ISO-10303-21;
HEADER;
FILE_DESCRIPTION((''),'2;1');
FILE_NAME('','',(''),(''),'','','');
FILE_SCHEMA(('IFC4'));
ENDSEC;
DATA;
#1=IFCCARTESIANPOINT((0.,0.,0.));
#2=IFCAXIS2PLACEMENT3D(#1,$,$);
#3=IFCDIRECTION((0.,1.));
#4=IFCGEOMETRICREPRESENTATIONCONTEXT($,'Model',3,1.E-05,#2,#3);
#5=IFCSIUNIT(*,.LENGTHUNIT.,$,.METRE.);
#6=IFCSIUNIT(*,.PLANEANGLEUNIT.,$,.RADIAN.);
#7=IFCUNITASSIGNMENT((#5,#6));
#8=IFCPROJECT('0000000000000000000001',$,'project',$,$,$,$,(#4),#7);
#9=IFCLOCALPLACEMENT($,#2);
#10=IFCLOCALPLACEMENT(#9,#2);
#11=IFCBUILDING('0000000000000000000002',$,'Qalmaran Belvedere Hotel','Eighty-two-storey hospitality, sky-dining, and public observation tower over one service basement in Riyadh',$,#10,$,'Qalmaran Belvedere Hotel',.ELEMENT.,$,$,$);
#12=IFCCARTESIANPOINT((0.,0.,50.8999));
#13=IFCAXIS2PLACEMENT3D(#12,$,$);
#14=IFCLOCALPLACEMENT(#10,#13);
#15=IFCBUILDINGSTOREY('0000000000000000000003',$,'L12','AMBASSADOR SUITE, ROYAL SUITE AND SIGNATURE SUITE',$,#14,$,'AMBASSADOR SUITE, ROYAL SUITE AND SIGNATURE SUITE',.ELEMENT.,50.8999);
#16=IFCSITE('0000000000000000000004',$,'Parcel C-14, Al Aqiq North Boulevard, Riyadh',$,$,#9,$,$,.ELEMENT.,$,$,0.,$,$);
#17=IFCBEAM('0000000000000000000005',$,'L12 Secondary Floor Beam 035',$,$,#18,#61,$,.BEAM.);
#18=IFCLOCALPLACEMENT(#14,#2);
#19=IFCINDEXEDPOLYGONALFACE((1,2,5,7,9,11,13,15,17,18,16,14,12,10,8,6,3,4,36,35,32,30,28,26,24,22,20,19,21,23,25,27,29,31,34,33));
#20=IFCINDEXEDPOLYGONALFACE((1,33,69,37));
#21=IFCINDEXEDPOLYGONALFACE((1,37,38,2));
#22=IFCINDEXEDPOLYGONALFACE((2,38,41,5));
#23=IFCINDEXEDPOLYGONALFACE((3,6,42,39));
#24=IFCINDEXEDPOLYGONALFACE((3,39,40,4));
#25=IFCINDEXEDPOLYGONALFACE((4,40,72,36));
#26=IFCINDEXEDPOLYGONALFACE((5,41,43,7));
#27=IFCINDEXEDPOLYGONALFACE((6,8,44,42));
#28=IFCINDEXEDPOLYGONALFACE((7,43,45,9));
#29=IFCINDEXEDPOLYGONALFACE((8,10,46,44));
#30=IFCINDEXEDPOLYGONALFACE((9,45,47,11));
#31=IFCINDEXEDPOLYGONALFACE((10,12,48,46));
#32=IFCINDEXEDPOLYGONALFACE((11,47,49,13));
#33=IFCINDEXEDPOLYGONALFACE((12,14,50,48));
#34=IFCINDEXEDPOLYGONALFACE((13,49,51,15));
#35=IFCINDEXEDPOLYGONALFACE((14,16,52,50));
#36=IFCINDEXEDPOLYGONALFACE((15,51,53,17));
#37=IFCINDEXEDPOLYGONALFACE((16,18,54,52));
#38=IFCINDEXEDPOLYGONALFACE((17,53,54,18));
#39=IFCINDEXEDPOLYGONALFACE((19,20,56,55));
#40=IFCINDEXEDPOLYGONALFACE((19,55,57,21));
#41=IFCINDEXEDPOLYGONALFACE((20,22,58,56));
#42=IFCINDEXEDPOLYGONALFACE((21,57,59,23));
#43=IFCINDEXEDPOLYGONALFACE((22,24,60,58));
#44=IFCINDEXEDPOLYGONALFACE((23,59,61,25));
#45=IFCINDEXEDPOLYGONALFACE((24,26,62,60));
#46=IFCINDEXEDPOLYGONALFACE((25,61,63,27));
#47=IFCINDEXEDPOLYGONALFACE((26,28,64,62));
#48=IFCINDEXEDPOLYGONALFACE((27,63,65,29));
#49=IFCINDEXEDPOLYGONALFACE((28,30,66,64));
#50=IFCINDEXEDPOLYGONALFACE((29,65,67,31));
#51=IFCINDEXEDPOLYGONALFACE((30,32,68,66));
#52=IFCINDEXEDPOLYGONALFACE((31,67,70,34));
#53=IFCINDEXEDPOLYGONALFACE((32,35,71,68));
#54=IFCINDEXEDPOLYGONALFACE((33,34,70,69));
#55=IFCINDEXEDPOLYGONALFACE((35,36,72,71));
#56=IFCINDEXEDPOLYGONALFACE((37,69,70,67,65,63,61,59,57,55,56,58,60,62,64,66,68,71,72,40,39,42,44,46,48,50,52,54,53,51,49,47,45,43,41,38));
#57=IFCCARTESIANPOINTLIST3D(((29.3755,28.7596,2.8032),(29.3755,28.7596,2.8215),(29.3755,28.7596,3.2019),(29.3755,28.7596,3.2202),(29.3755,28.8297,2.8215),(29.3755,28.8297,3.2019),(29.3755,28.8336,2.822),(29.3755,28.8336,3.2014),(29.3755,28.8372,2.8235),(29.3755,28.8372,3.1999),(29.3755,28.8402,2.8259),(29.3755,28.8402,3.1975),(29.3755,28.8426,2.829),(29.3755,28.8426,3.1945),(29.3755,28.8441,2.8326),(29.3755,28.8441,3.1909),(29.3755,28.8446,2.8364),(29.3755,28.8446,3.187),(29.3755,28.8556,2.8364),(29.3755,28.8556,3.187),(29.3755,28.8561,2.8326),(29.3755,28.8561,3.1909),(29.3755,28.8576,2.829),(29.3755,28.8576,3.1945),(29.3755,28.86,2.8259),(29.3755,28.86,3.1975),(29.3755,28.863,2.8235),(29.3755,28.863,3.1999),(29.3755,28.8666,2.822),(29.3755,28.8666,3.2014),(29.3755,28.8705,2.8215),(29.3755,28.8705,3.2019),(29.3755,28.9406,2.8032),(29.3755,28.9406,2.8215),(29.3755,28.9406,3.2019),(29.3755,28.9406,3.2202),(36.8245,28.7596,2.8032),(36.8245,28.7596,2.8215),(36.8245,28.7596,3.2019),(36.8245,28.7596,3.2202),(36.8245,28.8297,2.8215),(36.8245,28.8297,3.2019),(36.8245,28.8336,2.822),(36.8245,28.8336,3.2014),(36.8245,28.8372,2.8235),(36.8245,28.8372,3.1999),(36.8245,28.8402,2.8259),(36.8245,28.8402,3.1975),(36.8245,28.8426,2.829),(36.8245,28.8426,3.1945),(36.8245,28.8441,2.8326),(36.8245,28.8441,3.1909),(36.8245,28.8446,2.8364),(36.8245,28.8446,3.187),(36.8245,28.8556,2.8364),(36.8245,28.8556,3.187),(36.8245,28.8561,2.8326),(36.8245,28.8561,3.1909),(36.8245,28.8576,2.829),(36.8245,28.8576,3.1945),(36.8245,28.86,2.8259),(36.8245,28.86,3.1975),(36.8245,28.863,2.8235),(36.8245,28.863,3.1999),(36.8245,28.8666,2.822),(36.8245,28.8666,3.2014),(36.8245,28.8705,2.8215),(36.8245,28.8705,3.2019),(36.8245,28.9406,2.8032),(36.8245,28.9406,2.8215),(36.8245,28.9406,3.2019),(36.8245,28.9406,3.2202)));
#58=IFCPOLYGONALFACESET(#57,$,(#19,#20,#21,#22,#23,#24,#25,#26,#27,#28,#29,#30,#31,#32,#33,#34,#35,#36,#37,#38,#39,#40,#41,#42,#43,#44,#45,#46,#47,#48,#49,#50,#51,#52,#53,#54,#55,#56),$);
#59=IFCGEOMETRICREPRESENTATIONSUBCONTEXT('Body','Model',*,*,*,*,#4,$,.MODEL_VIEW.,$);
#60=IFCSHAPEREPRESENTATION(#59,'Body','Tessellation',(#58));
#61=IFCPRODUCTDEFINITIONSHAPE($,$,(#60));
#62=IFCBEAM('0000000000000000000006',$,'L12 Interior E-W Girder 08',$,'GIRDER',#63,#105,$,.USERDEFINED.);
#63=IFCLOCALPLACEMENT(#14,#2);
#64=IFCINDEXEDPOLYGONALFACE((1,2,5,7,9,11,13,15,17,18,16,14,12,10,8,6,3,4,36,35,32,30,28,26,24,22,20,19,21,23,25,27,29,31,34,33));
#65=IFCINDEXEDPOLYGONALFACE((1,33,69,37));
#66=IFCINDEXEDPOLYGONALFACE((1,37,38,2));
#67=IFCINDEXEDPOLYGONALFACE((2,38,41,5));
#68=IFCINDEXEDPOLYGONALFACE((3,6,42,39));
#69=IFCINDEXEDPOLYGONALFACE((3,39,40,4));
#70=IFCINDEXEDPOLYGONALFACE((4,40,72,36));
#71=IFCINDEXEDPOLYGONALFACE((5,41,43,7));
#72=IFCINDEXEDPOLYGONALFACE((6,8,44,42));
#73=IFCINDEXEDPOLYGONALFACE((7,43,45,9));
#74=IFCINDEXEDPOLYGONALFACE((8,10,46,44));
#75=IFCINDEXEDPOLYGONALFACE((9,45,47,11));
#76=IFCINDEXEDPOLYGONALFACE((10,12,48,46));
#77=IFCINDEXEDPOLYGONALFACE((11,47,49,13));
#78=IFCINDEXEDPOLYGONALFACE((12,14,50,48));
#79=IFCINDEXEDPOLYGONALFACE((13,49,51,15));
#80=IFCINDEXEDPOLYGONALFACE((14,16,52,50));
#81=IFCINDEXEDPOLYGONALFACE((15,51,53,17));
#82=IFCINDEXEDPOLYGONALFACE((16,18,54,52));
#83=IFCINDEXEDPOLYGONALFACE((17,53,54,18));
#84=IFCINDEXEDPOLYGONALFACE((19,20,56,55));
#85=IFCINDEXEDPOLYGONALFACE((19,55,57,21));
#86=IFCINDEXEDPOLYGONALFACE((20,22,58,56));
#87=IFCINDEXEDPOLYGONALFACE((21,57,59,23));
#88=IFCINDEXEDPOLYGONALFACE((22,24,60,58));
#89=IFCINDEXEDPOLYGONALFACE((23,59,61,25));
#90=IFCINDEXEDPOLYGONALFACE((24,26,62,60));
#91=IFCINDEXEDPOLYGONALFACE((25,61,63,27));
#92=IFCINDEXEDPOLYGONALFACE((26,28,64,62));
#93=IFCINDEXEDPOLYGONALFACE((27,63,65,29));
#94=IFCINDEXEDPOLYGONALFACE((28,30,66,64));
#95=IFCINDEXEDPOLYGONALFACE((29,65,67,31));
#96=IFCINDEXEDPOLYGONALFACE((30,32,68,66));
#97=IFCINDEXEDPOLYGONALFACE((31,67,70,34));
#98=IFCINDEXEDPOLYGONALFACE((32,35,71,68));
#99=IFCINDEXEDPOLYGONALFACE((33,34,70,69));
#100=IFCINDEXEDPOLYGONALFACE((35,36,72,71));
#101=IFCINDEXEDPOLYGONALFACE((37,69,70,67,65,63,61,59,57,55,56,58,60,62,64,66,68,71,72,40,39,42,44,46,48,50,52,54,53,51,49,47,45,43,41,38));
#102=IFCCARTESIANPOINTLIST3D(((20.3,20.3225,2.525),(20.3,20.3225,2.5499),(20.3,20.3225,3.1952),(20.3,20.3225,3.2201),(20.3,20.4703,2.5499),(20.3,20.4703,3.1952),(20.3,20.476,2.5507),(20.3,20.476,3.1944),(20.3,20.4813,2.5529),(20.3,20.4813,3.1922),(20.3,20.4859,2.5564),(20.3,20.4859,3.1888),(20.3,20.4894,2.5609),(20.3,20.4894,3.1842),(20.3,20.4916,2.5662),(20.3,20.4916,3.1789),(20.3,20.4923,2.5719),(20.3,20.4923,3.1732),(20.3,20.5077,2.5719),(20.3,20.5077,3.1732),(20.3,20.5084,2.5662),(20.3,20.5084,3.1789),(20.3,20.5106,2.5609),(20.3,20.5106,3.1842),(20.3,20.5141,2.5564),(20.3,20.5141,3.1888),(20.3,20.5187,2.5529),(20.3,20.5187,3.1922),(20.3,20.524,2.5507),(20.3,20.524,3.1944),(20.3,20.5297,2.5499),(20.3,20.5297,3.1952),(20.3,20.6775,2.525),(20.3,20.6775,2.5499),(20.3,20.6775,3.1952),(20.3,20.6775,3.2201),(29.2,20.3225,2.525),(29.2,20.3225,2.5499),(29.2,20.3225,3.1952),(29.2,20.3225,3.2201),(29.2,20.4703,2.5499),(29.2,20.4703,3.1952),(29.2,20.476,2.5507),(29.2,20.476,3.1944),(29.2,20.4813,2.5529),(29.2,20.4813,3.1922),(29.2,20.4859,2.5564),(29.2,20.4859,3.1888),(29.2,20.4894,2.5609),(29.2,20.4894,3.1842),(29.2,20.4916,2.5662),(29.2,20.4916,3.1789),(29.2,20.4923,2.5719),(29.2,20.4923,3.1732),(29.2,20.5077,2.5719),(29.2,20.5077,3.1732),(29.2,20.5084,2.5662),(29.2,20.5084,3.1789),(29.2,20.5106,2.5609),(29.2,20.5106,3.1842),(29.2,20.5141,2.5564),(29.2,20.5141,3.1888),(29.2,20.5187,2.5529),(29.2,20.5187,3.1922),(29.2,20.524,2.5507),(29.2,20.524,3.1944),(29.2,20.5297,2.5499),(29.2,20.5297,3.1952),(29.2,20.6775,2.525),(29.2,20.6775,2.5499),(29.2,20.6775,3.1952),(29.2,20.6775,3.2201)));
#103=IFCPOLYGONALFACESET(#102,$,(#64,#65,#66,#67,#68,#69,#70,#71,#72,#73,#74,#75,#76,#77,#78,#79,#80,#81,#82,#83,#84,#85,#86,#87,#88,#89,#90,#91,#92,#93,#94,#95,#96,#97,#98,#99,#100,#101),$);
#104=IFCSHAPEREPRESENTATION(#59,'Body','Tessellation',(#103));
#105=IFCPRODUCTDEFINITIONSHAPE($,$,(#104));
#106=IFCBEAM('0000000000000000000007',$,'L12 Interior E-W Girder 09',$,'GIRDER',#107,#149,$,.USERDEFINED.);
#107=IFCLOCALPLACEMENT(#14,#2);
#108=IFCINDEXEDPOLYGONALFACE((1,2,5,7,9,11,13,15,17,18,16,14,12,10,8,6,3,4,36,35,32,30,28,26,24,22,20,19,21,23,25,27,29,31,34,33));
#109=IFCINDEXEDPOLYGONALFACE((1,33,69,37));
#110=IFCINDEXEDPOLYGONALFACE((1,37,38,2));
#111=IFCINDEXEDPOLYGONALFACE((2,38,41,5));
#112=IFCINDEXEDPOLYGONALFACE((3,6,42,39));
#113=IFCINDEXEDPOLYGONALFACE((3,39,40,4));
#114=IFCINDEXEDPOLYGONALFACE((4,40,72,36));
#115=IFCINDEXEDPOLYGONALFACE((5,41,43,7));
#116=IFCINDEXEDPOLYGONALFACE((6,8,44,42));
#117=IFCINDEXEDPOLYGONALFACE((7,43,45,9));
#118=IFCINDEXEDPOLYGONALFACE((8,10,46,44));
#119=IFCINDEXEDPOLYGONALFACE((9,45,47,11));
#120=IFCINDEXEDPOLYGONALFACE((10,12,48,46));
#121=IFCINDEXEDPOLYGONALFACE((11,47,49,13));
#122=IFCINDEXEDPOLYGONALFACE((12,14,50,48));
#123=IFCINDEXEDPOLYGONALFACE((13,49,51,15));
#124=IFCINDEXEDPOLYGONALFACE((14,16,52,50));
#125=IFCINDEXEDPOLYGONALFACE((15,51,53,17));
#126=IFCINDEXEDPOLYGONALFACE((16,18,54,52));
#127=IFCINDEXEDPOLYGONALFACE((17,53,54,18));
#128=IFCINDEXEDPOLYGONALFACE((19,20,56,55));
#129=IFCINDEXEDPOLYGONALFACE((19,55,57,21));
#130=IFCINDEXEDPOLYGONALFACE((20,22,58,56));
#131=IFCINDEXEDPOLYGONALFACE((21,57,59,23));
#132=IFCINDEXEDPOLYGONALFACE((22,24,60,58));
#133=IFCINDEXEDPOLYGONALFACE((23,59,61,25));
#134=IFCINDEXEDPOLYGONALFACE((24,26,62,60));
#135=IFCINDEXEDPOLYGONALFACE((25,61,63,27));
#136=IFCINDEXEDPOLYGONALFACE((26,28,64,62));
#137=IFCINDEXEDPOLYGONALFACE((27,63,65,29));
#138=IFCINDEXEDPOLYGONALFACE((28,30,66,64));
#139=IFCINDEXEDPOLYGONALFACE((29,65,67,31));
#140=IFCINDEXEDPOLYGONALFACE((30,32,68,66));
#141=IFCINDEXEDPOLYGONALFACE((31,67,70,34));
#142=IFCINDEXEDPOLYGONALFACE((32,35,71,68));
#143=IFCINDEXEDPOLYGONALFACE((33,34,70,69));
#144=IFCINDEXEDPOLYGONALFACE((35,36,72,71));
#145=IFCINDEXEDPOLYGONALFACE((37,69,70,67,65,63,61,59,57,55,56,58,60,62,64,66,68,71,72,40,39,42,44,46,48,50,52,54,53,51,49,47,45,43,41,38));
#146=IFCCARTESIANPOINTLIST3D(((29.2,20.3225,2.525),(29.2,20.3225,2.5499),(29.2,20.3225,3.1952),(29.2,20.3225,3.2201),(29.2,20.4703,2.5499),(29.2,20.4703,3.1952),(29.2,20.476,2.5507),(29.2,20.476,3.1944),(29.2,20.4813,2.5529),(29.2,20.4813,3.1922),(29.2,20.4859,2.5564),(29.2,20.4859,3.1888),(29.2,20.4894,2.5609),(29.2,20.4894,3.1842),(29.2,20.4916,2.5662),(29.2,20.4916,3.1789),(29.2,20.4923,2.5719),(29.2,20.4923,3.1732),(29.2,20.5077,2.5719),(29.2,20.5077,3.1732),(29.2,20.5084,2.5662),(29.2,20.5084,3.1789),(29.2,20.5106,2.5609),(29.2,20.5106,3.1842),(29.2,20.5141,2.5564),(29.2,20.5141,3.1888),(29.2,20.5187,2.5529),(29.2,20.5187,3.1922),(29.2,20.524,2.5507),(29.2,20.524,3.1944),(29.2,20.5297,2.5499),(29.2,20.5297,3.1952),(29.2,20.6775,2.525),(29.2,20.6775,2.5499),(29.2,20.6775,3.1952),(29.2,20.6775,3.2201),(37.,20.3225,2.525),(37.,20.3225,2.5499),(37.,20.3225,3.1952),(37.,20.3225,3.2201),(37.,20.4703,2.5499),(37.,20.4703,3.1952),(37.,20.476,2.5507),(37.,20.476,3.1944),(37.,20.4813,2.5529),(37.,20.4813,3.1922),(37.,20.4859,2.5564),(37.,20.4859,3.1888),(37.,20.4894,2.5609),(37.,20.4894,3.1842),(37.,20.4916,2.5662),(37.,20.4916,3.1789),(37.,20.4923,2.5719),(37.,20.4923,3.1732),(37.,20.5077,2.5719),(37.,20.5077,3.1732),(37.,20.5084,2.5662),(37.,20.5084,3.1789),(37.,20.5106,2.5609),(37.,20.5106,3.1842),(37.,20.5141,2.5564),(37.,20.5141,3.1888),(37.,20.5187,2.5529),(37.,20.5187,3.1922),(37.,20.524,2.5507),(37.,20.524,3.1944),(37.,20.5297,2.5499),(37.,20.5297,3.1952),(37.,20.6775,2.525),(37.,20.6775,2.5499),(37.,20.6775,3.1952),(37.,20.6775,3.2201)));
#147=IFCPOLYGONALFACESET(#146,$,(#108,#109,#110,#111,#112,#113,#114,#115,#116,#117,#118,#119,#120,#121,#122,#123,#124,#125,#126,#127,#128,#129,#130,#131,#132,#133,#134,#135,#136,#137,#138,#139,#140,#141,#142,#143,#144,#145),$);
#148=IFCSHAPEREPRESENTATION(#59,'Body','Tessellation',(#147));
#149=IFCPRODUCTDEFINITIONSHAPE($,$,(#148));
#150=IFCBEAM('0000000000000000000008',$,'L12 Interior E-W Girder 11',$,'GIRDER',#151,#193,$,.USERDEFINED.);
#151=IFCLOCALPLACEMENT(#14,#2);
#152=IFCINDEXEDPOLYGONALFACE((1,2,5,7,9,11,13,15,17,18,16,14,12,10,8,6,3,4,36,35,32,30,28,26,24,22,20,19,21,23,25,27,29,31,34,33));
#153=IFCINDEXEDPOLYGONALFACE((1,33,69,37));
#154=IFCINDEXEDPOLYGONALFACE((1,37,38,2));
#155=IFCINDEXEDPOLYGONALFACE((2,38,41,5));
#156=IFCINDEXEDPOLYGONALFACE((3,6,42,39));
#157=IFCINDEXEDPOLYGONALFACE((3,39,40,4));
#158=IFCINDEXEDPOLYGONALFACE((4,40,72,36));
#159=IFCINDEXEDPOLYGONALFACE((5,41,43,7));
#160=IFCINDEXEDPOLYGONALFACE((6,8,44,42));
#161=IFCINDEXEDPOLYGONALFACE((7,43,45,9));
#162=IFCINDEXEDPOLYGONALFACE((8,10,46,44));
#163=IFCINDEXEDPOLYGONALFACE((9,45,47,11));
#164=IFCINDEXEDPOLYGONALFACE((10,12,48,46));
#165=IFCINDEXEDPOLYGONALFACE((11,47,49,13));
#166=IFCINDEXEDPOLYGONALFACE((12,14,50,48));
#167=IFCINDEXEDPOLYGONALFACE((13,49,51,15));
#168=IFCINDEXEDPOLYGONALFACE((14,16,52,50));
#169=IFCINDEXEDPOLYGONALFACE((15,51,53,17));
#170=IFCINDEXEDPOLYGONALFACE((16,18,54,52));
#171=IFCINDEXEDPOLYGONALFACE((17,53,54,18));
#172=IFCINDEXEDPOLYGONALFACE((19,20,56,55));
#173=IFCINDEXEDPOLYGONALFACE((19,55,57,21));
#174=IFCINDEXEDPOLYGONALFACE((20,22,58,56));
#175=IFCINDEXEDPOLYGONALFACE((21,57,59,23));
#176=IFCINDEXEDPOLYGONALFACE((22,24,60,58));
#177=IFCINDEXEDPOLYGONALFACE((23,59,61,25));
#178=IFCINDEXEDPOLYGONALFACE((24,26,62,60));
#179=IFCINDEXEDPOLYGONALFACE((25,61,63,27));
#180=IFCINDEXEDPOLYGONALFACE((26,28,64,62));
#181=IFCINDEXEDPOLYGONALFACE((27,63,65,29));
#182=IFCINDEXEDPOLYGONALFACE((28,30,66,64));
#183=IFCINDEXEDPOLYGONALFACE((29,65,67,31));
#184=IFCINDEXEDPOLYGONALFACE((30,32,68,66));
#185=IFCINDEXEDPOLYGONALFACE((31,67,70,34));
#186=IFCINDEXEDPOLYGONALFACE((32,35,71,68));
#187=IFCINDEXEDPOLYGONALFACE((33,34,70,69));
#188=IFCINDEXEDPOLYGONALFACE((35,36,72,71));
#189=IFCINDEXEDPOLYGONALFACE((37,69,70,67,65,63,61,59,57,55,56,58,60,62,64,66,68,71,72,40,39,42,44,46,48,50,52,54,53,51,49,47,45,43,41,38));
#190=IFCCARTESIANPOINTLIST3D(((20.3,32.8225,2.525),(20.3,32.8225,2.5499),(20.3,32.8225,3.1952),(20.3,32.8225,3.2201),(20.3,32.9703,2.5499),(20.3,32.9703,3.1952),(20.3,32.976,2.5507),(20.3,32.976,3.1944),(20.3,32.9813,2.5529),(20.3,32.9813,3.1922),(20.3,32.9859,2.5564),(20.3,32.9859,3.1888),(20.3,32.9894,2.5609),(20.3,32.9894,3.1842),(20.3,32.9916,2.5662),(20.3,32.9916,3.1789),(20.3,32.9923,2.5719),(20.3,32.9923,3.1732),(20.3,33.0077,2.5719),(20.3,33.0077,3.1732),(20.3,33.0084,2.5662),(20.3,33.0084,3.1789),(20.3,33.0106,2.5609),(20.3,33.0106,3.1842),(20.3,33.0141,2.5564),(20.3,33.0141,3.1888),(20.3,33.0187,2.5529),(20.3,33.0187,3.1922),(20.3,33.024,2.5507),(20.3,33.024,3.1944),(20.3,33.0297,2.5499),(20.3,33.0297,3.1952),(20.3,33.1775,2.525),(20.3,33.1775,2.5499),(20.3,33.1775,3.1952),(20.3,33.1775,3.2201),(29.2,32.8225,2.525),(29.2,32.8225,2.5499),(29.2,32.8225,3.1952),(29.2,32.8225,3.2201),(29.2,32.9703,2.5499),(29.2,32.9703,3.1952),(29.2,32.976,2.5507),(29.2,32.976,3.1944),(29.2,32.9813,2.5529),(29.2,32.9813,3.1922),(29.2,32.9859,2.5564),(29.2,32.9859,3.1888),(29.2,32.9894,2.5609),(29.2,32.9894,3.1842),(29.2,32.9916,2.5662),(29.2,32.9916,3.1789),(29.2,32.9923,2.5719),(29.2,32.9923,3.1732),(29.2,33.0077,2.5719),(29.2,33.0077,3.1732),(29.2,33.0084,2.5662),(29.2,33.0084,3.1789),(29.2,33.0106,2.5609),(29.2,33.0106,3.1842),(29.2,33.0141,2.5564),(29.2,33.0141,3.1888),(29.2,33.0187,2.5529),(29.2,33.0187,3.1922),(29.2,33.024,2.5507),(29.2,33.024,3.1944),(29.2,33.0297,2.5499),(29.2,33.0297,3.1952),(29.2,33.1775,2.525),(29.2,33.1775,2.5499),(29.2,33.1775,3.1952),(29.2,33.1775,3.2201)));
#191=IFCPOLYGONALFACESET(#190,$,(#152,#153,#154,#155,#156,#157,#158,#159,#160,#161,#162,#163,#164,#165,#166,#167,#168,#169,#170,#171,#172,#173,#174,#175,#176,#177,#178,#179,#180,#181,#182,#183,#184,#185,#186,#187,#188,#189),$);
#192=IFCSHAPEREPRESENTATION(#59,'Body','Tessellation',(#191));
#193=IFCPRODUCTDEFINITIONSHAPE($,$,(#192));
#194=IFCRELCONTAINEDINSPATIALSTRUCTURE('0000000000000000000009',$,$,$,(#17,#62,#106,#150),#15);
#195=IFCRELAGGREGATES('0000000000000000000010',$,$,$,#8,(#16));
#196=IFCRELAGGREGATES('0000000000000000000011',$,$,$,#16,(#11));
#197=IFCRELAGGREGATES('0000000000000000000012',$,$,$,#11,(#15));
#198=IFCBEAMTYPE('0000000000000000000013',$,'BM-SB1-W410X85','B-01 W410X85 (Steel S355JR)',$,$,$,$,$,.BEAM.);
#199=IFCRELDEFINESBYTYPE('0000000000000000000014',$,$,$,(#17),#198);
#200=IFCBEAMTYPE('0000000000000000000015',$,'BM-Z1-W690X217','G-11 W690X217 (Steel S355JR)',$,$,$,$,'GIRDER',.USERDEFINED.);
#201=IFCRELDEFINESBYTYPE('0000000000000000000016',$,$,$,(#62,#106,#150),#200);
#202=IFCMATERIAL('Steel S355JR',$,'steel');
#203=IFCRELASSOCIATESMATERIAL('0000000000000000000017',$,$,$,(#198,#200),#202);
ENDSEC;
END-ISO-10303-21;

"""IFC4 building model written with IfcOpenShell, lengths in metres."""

from ifc_helpers import new_model, si_unit, direction, frame, origin, origin_2d, place, context, subcontext, project, spatial, i_section, extrude, material, material_profile, profile_set, type_object, element, save


model = new_model("IFC4")

# Units and contexts
model_context = context("Model", 3, precision=1e-05, world=origin(), true_north=direction((0.0, 1.0)))
body_context = subcontext(model_context, "Body", "Model", "MODEL_VIEW")
ifc_project = project(units=[si_unit("LENGTHUNIT", "METRE"), si_unit("PLANEANGLEUNIT", "RADIAN")], contexts=[model_context])

# Site, building, storey
site_placement = place(None, origin())
site = spatial("IfcSite", under=ifc_project, at=site_placement, Name="Parcel C-14, Al Aqiq North Boulevard, Riyadh", CompositionType="ELEMENT", RefElevation=0.0)
building_placement = place(site_placement, origin())
building = spatial("IfcBuilding", under=site, at=building_placement, Name="Qalmaran Belvedere Hotel", Description="Eighty-two-storey hospitality, sky-dining, and public observation tower over one service basement in Riyadh", LongName="Qalmaran Belvedere Hotel", CompositionType="ELEMENT")
storey_placement = place(building_placement, frame((0.0, 0.0, 50.8999)))
storey = spatial("IfcBuildingStorey", under=building, at=storey_placement, Name="L12", Description="AMBASSADOR SUITE, ROYAL SUITE AND SIGNATURE SUITE", LongName="AMBASSADOR SUITE, ROYAL SUITE AND SIGNATURE SUITE", CompositionType="ELEMENT", Elevation=50.8999)

# Beams
ifc_material_1 = material(Name="Steel S355JR", Category="steel")
ifc_material_profile_1 = material_profile(ifc_material_1, i_section(OverallWidth=0.1809, OverallDepth=0.417, WebThickness=0.011, FlangeThickness=0.0183, FilletRadius=0.0149, at=origin_2d()), Name="W410X85")
ifc_profile_set_1 = profile_set([ifc_material_profile_1], Name="Steel S355JR")
beam_type_1 = type_object("IfcBeamType", Name="BM-SB1-W410X85", Description="B-01 W410X85 (Steel S355JR)", PredefinedType="BEAM", material=ifc_profile_set_1)
beam_1_placement = place(storey_placement, frame((29.3755, 28.8501, 3.0117), z_axis=(1.0, 0.0, 0.0), x_axis=(0.0, 1.0, 0.0)))
element("IfcBeam", 1, at=beam_1_placement, inside=storey, type_object=beam_type_1, Name="L12 Secondary Floor Beam 035", PredefinedType="BEAM", context=body_context, shape_type="SweptSolid", body=[
    extrude(i_section(OverallWidth=0.1809, OverallDepth=0.417, WebThickness=0.011, FlangeThickness=0.0183, FilletRadius=0.0149, at=origin_2d()), origin(), (0.0, 0.0, 1.0), 7.449),
])
ifc_material_profile_2 = material_profile(ifc_material_1, i_section(OverallWidth=0.355, OverallDepth=0.6951, WebThickness=0.0154, FlangeThickness=0.0249, FilletRadius=0.022, at=origin_2d()), Name="W690X217")
ifc_profile_set_2 = profile_set([ifc_material_profile_2], Name="Steel S355JR")
beam_type_2 = type_object("IfcBeamType", Name="BM-Z1-W690X217", Description="G-11 W690X217 (Steel S355JR)", ElementType="GIRDER", PredefinedType="USERDEFINED", material=ifc_profile_set_2)
beam_2_placement = place(storey_placement, frame((20.3, 20.5, 2.8726), z_axis=(1.0, 0.0, 0.0), x_axis=(0.0, 1.0, 0.0)))
element("IfcBeam", 2, at=beam_2_placement, inside=storey, type_object=beam_type_2, Name="L12 Interior E-W Girder 08", ObjectType="GIRDER", PredefinedType="USERDEFINED", context=body_context, shape_type="SweptSolid", body=[
    extrude(i_section(OverallWidth=0.355, OverallDepth=0.6951, WebThickness=0.0154, FlangeThickness=0.0249, FilletRadius=0.022, at=origin_2d()), origin(), (0.0, 0.0, 1.0), 8.8999),
])
beam_3_placement = place(storey_placement, frame((29.2, 20.5, 2.8726), z_axis=(1.0, 0.0, 0.0), x_axis=(0.0, 1.0, 0.0)))
element("IfcBeam", 3, at=beam_3_placement, inside=storey, type_object=beam_type_2, Name="L12 Interior E-W Girder 09", ObjectType="GIRDER", PredefinedType="USERDEFINED", context=body_context, shape_type="SweptSolid", body=[
    extrude(i_section(OverallWidth=0.355, OverallDepth=0.6951, WebThickness=0.0154, FlangeThickness=0.0249, FilletRadius=0.022, at=origin_2d()), origin(), (0.0, 0.0, 1.0), 7.8),
])
beam_4_placement = place(storey_placement, frame((20.3, 33.0, 2.8726), z_axis=(1.0, 0.0, 0.0), x_axis=(0.0, 1.0, 0.0)))
element("IfcBeam", 4, at=beam_4_placement, inside=storey, type_object=beam_type_2, Name="L12 Interior E-W Girder 11", ObjectType="GIRDER", PredefinedType="USERDEFINED", context=body_context, shape_type="SweptSolid", body=[
    extrude(i_section(OverallWidth=0.355, OverallDepth=0.6951, WebThickness=0.0154, FlangeThickness=0.0249, FilletRadius=0.022, at=origin_2d()), origin(), (0.0, 0.0, 1.0), 8.8999),
])

save(model, "model.ifc")
